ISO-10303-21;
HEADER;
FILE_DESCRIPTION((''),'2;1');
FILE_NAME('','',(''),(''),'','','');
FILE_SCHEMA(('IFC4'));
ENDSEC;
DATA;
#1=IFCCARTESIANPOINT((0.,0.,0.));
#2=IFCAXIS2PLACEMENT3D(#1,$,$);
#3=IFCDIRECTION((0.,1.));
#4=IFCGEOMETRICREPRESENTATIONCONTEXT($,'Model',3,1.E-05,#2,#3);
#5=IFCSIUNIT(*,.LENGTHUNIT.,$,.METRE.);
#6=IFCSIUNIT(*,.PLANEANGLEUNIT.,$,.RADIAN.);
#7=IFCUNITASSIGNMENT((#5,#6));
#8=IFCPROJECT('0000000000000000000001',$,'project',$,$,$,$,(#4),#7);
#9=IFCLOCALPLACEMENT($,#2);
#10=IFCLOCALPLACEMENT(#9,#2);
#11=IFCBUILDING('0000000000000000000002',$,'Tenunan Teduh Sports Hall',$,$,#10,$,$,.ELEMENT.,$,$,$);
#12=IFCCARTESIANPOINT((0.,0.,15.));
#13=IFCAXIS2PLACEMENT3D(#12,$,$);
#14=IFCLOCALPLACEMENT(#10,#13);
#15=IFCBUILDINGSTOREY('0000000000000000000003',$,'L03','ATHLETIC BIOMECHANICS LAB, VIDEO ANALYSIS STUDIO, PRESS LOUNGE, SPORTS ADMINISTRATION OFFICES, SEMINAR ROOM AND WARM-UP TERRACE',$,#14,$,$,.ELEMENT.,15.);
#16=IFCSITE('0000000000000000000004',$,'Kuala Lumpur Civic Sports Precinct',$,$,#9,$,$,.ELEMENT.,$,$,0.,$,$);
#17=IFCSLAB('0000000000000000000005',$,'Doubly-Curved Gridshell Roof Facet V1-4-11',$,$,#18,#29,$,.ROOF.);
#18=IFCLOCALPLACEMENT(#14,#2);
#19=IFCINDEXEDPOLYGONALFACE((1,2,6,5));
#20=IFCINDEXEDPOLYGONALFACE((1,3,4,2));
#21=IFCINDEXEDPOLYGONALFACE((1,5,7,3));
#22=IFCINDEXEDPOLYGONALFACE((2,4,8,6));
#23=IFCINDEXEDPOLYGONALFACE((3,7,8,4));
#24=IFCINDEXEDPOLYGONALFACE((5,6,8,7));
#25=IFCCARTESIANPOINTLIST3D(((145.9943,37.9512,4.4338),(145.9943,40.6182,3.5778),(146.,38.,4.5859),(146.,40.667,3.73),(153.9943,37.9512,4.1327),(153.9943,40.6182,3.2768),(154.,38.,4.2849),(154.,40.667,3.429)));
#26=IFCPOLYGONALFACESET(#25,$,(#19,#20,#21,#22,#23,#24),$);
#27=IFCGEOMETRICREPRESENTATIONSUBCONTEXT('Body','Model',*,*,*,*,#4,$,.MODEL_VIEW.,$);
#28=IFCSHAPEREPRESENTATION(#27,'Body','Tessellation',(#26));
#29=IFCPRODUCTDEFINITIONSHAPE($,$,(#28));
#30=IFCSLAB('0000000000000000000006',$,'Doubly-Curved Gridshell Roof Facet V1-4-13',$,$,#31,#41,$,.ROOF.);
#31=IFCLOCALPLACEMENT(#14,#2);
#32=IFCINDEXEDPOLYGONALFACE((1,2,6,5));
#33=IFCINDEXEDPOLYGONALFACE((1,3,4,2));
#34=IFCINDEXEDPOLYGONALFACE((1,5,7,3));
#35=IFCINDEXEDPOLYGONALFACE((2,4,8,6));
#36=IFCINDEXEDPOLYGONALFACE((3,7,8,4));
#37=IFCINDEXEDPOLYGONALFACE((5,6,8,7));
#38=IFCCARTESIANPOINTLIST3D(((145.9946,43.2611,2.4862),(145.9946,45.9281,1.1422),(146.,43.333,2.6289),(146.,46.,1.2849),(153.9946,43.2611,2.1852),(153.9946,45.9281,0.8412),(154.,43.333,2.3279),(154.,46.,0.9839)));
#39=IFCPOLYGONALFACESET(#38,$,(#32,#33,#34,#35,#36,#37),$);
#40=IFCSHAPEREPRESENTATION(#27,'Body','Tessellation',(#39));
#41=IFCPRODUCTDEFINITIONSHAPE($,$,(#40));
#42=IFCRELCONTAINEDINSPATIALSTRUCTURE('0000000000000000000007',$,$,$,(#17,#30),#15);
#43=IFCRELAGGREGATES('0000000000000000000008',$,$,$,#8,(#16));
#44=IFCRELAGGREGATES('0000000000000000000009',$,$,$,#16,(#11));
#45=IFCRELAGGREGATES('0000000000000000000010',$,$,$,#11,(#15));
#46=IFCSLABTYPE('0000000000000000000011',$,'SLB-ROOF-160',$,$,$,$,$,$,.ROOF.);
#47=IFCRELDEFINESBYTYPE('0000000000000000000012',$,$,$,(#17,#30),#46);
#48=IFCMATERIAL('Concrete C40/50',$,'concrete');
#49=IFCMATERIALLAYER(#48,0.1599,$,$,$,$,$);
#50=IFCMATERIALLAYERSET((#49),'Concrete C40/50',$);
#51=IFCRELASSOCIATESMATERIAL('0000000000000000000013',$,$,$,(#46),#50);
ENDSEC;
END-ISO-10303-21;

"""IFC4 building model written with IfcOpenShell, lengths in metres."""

from ifc_helpers import new_model, si_unit, direction, frame, origin, place, context, subcontext, project, spatial, polyline, outline, extrude, material, layer, layer_set, type_object, element, save


model = new_model("IFC4")

# Units and contexts
model_context = context("Model", 3, precision=1e-05, world=origin(), true_north=direction((0.0, 1.0)))
body_context = subcontext(model_context, "Body", "Model", "MODEL_VIEW")
ifc_project = project(units=[si_unit("LENGTHUNIT", "METRE"), si_unit("PLANEANGLEUNIT", "RADIAN")], contexts=[model_context])

# Site, building, storey
site_placement = place(None, origin())
site = spatial("IfcSite", under=ifc_project, at=site_placement, Name="Kuala Lumpur Civic Sports Precinct", CompositionType="ELEMENT", RefElevation=0.0)
building_placement = place(site_placement, origin())
building = spatial("IfcBuilding", under=site, at=building_placement, Name="Tenunan Teduh Sports Hall", CompositionType="ELEMENT")
storey_placement = place(building_placement, frame((0.0, 0.0, 15.0)))
storey = spatial("IfcBuildingStorey", under=building, at=storey_placement, Name="L03", Description="ATHLETIC BIOMECHANICS LAB, VIDEO ANALYSIS STUDIO, PRESS LOUNGE, SPORTS ADMINISTRATION OFFICES, SEMINAR ROOM AND WARM-UP TERRACE", CompositionType="ELEMENT", Elevation=15.0)

# Slabs
ifc_material_1 = material(Name="Concrete C40/50", Category="concrete")
ifc_layer_1 = layer(ifc_material_1, 0.1599)
ifc_layer_set_1 = layer_set([ifc_layer_1], Name="Concrete C40/50")
slab_type_1 = type_object("IfcSlabType", Name="SLB-ROOF-160", PredefinedType="ROOF", material=ifc_layer_set_1)
slab_1_placement = place(storey_placement, frame((146.0, 38.0, 4.5859), z_axis=(0.035805, 0.305396, 0.951552), x_axis=(0.999293, 0.0, -0.037602)))
element("IfcSlab", 1, at=slab_1_placement, inside=storey, type_object=slab_type_1, Name="Doubly-Curved Gridshell Roof Facet V1-4-11", PredefinedType="ROOF", context=body_context, shape_type="SweptSolid", body=[
    extrude(outline(polyline([(0.0, 0.0), (8.0057, 0.0), (8.0378, 2.8008), (0.0322, 2.8008), (0.0, 0.0)])), origin(), (0.0, 0.0, -1.0), 0.1599),
])
slab_2_placement = place(storey_placement, frame((146.0, 43.333, 2.6289), z_axis=(0.033584, 0.44977, 0.892513), x_axis=(0.999293, 0.0, -0.037602)))
element("IfcSlab", 2, at=slab_2_placement, inside=storey, type_object=slab_type_1, Name="Doubly-Curved Gridshell Roof Facet V1-4-13", PredefinedType="ROOF", context=body_context, shape_type="SweptSolid", body=[
    extrude(outline(polyline([(0.0, 0.0), (8.0057, 0.0), (8.0562, 2.9861), (0.0505, 2.9861), (0.0, 0.0)])), origin(), (0.0, 0.0, -1.0), 0.1599),
])

save(model, "model.ifc")
